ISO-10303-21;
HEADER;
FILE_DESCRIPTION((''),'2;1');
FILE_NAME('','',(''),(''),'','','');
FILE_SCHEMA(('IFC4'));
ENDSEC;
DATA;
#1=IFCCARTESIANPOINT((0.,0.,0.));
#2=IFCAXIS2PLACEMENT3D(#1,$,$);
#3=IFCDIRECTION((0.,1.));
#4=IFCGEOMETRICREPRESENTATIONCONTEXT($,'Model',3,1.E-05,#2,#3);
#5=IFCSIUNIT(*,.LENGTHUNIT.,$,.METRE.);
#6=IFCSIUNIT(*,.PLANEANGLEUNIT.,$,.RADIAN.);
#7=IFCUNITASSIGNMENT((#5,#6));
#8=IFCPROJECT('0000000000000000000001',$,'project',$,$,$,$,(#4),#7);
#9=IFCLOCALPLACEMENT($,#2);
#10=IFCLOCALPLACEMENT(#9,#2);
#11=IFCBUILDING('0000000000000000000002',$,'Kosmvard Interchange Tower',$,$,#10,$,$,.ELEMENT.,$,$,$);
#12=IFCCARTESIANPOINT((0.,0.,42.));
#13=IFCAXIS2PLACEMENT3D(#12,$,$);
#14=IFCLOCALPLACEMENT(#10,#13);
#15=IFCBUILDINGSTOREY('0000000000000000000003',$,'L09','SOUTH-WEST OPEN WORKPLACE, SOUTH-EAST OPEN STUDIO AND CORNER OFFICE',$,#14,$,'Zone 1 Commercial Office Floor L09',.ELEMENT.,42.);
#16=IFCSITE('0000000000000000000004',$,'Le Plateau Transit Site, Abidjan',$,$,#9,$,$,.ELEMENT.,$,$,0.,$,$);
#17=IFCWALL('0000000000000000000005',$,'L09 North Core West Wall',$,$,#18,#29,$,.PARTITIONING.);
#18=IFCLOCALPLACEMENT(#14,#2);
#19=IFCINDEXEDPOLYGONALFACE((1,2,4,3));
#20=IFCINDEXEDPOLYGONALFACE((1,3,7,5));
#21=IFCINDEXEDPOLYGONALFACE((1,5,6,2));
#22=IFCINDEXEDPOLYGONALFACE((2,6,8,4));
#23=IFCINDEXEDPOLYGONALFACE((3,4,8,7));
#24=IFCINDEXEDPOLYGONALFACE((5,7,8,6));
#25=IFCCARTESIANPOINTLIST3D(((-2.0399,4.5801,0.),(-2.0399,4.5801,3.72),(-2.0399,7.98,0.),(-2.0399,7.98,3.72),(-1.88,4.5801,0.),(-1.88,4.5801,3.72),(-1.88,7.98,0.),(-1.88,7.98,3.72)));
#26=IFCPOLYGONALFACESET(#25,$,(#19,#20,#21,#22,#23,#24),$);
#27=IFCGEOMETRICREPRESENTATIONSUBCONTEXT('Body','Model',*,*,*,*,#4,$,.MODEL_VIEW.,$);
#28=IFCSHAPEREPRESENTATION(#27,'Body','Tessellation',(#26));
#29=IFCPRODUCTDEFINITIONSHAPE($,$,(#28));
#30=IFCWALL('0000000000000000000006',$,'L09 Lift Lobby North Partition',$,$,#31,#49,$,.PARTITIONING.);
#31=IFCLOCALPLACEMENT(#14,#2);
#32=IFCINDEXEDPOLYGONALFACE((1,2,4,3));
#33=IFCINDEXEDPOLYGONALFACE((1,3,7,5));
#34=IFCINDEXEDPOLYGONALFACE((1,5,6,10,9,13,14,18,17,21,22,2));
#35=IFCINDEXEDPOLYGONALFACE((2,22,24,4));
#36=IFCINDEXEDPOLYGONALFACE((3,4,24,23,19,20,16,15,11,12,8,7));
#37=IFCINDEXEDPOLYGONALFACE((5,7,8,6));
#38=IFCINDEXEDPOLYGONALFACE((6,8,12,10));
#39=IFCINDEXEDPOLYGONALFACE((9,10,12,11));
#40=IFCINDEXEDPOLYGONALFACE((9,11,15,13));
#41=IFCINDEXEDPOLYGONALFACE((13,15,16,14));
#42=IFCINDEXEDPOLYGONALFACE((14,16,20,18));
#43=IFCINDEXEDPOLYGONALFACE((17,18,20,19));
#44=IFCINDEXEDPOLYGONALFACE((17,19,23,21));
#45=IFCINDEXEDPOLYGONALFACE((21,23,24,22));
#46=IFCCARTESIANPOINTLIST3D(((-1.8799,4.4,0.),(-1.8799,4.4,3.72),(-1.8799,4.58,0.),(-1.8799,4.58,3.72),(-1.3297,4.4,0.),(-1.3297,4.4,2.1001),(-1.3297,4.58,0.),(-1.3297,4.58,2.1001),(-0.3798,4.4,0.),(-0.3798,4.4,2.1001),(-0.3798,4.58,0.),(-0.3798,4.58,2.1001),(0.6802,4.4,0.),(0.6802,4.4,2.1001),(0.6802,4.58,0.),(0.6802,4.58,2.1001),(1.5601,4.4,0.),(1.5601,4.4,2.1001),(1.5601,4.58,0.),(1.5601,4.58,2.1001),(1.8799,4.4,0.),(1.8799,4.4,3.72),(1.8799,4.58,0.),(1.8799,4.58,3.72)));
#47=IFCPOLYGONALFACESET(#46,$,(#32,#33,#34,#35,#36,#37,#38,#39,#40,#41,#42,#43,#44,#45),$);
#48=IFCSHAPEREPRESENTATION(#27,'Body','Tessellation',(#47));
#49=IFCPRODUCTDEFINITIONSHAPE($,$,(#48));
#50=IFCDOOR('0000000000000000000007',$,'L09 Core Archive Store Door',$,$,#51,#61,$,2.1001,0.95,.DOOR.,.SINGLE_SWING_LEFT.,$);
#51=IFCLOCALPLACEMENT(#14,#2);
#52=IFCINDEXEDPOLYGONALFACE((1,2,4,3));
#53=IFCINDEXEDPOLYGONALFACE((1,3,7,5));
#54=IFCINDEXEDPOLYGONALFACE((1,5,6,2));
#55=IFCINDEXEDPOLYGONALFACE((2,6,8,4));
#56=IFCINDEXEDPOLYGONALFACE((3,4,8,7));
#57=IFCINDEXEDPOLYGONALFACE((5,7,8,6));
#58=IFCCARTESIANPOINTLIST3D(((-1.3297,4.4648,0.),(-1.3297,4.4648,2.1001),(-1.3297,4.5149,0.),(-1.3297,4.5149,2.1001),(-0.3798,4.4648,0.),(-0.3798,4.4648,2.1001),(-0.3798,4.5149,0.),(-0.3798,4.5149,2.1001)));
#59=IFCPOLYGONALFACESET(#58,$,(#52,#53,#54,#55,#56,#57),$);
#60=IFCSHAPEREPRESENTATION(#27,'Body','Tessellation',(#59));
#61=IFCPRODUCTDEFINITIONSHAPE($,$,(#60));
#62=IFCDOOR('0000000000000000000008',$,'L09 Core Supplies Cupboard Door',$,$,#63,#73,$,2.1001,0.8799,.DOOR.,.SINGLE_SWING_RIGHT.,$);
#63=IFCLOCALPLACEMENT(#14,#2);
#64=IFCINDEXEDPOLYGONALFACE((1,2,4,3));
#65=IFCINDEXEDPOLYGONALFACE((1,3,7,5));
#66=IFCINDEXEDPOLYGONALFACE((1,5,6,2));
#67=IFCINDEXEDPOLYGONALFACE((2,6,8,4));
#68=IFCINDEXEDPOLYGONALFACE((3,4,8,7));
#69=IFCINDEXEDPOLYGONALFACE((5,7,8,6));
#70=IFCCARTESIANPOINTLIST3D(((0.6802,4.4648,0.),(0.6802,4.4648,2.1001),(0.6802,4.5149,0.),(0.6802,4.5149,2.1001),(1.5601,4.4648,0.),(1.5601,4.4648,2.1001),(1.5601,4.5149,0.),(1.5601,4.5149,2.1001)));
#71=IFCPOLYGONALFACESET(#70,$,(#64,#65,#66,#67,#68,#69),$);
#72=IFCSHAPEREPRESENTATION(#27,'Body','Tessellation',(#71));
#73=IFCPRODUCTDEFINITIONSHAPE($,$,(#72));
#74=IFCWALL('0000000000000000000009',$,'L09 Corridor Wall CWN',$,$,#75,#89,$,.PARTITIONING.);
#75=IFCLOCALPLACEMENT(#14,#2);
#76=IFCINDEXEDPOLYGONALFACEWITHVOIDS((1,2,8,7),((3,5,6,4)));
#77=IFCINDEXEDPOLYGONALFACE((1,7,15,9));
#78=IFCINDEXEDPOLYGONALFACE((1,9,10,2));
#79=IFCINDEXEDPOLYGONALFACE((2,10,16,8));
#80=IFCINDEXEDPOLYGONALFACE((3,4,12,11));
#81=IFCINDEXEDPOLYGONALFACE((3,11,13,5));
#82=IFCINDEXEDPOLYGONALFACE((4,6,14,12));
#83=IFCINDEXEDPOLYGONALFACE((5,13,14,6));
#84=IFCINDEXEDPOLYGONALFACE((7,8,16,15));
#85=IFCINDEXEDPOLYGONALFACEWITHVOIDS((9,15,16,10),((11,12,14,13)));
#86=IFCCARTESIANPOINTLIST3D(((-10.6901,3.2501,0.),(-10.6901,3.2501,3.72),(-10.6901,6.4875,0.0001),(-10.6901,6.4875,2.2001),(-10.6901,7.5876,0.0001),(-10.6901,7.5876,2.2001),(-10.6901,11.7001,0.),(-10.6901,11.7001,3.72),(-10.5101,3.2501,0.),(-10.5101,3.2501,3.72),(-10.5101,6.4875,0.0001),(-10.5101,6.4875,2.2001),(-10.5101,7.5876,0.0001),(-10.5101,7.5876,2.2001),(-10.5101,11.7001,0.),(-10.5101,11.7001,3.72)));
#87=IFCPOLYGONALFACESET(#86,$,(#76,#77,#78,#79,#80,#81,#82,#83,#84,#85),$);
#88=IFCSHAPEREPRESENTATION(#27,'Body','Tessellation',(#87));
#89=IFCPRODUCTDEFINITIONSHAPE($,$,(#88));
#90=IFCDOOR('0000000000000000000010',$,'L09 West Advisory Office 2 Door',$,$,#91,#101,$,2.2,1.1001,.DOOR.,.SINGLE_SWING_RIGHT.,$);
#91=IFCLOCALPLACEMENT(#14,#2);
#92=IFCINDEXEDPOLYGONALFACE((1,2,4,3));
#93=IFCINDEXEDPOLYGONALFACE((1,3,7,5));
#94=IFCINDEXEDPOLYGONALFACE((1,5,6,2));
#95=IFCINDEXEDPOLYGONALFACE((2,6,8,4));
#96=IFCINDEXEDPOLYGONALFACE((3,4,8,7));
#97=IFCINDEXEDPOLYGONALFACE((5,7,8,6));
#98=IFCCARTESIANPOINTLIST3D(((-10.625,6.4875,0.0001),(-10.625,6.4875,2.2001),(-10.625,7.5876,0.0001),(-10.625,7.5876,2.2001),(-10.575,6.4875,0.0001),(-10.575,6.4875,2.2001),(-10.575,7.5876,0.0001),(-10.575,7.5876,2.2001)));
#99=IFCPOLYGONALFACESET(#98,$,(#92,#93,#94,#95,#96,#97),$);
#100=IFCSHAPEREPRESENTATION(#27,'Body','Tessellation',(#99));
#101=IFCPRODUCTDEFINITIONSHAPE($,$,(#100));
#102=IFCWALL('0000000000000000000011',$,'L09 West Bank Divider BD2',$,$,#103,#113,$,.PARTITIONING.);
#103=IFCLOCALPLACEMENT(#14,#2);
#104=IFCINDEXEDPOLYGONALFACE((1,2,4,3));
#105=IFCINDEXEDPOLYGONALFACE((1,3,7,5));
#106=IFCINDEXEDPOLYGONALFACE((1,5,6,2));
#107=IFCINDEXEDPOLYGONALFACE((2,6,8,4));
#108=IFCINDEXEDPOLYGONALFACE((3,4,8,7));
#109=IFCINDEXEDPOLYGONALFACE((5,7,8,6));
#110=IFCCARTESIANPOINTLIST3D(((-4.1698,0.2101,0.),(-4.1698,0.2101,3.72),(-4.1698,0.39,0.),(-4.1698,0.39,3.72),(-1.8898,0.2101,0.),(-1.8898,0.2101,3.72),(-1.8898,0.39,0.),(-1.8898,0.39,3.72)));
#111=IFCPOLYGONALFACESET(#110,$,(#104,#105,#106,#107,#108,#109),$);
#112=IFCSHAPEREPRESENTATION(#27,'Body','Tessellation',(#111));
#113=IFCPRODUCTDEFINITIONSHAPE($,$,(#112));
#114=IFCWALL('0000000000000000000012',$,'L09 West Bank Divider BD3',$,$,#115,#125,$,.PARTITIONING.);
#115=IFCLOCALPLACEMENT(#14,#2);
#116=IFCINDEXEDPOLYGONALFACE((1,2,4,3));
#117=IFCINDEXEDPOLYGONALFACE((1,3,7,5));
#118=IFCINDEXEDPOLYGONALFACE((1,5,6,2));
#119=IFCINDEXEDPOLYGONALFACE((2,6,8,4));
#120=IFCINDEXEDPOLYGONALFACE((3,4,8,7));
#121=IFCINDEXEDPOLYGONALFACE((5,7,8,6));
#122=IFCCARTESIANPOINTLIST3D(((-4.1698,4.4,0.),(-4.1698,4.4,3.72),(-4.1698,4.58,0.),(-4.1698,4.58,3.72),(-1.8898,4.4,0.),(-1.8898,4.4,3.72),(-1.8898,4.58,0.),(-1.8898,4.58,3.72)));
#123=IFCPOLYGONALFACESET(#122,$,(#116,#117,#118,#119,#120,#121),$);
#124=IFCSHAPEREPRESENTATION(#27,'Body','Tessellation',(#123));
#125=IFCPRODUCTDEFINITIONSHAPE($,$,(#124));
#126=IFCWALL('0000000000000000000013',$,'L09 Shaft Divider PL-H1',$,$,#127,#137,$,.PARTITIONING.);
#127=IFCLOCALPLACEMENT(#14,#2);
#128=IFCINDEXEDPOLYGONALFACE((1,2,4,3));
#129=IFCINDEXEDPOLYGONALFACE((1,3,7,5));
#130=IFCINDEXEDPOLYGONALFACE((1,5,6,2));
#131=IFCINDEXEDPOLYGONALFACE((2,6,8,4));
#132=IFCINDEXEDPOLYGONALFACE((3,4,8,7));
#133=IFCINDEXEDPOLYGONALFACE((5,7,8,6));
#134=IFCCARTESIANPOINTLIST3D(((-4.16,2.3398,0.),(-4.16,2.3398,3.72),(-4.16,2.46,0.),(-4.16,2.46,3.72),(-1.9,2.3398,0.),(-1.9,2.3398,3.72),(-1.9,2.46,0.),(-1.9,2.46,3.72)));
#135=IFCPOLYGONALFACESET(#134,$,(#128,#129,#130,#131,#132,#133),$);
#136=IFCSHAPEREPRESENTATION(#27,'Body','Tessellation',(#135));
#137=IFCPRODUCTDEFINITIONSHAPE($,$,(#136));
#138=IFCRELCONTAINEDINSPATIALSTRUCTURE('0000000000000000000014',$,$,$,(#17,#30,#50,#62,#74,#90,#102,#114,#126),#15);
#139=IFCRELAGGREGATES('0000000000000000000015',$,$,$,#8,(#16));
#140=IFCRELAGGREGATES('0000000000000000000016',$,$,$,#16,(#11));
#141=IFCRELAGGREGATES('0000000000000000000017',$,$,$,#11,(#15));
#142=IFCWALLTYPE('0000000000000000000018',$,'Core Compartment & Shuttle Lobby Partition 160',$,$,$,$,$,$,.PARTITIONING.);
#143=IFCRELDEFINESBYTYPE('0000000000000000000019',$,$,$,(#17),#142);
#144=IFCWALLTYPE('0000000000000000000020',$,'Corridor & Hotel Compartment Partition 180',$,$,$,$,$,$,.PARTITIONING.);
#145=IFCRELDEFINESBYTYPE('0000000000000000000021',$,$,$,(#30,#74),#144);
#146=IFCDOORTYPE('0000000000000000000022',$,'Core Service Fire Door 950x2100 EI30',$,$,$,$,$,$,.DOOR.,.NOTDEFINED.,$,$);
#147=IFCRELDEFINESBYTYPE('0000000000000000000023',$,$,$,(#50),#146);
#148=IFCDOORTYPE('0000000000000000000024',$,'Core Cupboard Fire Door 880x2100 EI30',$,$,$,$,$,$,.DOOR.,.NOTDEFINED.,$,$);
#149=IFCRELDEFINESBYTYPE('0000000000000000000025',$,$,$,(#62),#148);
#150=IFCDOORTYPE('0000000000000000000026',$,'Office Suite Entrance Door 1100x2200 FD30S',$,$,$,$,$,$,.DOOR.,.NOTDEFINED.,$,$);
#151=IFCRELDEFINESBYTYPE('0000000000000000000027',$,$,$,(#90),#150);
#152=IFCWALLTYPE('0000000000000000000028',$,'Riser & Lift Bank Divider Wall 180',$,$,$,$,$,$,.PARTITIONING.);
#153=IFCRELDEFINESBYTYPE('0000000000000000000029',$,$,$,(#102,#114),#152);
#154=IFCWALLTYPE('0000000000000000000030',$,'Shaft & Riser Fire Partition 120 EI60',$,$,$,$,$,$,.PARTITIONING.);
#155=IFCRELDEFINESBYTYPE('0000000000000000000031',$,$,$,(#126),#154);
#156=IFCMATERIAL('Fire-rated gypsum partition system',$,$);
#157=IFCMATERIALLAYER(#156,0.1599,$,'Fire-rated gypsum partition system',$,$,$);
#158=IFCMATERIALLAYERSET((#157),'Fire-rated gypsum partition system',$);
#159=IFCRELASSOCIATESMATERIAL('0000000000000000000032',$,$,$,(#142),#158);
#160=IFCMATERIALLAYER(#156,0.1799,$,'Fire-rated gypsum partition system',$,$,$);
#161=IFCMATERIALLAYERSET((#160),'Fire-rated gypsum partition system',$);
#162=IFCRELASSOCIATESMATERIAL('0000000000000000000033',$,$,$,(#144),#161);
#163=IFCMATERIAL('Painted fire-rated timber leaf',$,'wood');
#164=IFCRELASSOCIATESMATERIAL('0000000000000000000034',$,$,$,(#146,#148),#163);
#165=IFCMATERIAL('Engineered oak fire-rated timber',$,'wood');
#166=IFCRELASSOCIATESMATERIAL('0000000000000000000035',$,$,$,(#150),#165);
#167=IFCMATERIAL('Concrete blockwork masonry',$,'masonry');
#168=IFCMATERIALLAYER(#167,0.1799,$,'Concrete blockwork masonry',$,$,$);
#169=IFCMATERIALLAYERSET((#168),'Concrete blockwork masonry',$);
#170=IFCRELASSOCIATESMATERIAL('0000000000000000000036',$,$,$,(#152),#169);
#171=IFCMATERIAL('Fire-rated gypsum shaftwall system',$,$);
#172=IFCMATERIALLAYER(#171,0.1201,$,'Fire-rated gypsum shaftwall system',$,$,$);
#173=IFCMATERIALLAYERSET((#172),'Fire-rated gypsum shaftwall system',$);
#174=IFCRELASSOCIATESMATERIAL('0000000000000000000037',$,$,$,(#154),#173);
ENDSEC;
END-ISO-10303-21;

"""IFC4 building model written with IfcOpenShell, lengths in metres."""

from ifc_helpers import new_model, si_unit, direction, frame, frame_2d, origin, place, context, subcontext, project, spatial, rectangle, extrude, source, transform, mapped, material, layer, layer_set, type_object, element, fill, save


model = new_model("IFC4")

# Units and contexts
model_context = context("Model", 3, precision=1e-05, world=origin(), true_north=direction((0.0, 1.0)))
body_context = subcontext(model_context, "Body", "Model", "MODEL_VIEW")
ifc_project = project(units=[si_unit("LENGTHUNIT", "METRE"), si_unit("PLANEANGLEUNIT", "RADIAN")], contexts=[model_context])

# Site, building, storey
site_placement = place(None, origin())
site = spatial("IfcSite", under=ifc_project, at=site_placement, Name="Le Plateau Transit Site, Abidjan", CompositionType="ELEMENT", RefElevation=0.0)
building_placement = place(site_placement, origin())
building = spatial("IfcBuilding", under=site, at=building_placement, Name="Kosmvard Interchange Tower", CompositionType="ELEMENT")
storey_placement = place(building_placement, frame((0.0, 0.0, 42.0)))
storey = spatial("IfcBuildingStorey", under=building, at=storey_placement, Name="L09", Description="SOUTH-WEST OPEN WORKPLACE, SOUTH-EAST OPEN STUDIO AND CORNER OFFICE", LongName="Zone 1 Commercial Office Floor L09", CompositionType="ELEMENT", Elevation=42.0)

# Wall
ifc_material_1 = material(Name="Fire-rated gypsum partition system")
ifc_layer_1 = layer(ifc_material_1, 0.1599, Name="Fire-rated gypsum partition system")
ifc_layer_set_1 = layer_set([ifc_layer_1], Name="Fire-rated gypsum partition system")
wall_type_1 = type_object("IfcWallType", Name="Core Compartment & Shuttle Lobby Partition 160", PredefinedType="PARTITIONING", material=ifc_layer_set_1)
wall_1_placement = place(storey_placement, frame((-1.96, 4.5801, 0.0), z_axis=(0.0, 0.0, 1.0), x_axis=(0.0, 1.0, 0.0)))
element("IfcWall", 1, at=wall_1_placement, inside=storey, type_object=wall_type_1, Name="L09 North Core West Wall", PredefinedType="PARTITIONING", context=body_context, shape_type="SweptSolid", body=[
    extrude(rectangle(XDim=3.3999, YDim=0.1599, at=frame_2d((1.7, 0.0))), origin(), (0.0, 0.0, 1.0), 3.72),
])

# Wall, openings, doors
ifc_layer_2 = layer(ifc_material_1, 0.1799, Name="Fire-rated gypsum partition system")
ifc_layer_set_2 = layer_set([ifc_layer_2], Name="Fire-rated gypsum partition system")
wall_type_2 = type_object("IfcWallType", Name="Corridor & Hotel Compartment Partition 180", PredefinedType="PARTITIONING", material=ifc_layer_set_2)
wall_2_placement = place(storey_placement, frame((-1.8799, 4.49, 0.0), z_axis=(0.0, 0.0, 1.0), x_axis=(1.0, 0.0, 0.0)))
wall_2 = element("IfcWall", 2, at=wall_2_placement, inside=storey, type_object=wall_type_2, Name="L09 Lift Lobby North Partition", PredefinedType="PARTITIONING", context=body_context, shape_type="SweptSolid", body=[
    extrude(rectangle(XDim=3.7598, YDim=0.1799, at=frame_2d((1.8799, 0.0))), origin(), (0.0, 0.0, 1.0), 3.72),
])
opening_1_placement = place(wall_2_placement, frame((0.55, 0.0, 0.0)))
opening_1 = element("IfcOpeningElement", 3, at=opening_1_placement, cuts=wall_2, PredefinedType="OPENING", context=body_context, shape_type="SweptSolid", body=[
    extrude(rectangle(XDim=0.95, YDim=2.1001, at=frame_2d((0.4751, 1.05))), frame((0.0, 0.1001, 0.0), z_axis=(0.0, -1.0, 0.0), x_axis=(1.0, 0.0, 0.0)), (0.0, 0.0, 1.0), 0.2),
])
opening_2_placement = place(wall_2_placement, frame((2.5601, 0.0, 0.0)))
opening_2 = element("IfcOpeningElement", 4, at=opening_2_placement, cuts=wall_2, PredefinedType="OPENING", context=body_context, shape_type="SweptSolid", body=[
    extrude(rectangle(XDim=0.8799, YDim=2.1001, at=frame_2d((0.4399, 1.05))), frame((0.0, 0.1001, 0.0), z_axis=(0.0, -1.0, 0.0), x_axis=(1.0, 0.0, 0.0)), (0.0, 0.0, 1.0), 0.2),
])
ifc_material_2 = material(Name="Painted fire-rated timber leaf", Category="wood")
door_type_1 = type_object("IfcDoorType", Name="Core Service Fire Door 950x2100 EI30", OperationType="NOTDEFINED", PredefinedType="DOOR", material=ifc_material_2)
shared_shape_1 = source(origin(), body_context, "Body", "SweptSolid", [
    extrude(rectangle(XDim=0.95, YDim=2.1001, at=frame_2d((0.4751, 1.05))), frame((0.0, 0.0249, 0.0), z_axis=(0.0, -1.0, 0.0), x_axis=(1.0, 0.0, 0.0)), (0.0, 0.0, 1.0), 0.05),
])
door_1_placement = place(opening_1_placement, origin())
door_1 = element("IfcDoor", 5, at=door_1_placement, inside=storey, type_object=door_type_1, Name="L09 Core Archive Store Door", OperationType="SINGLE_SWING_LEFT", OverallHeight=2.1001, OverallWidth=0.95, PredefinedType="DOOR", context=body_context, shape_type="MappedRepresentation", body=[
    mapped(shared_shape_1, transform((0.0, 0.0, 0.0), scale=1.0)),
])
fill(opening_1, door_1)
door_type_2 = type_object("IfcDoorType", Name="Core Cupboard Fire Door 880x2100 EI30", OperationType="NOTDEFINED", PredefinedType="DOOR", material=ifc_material_2)
shared_shape_2 = source(origin(), body_context, "Body", "SweptSolid", [
    extrude(rectangle(XDim=0.8799, YDim=2.1001, at=frame_2d((0.4399, 1.05))), frame((0.0, 0.0249, 0.0), z_axis=(0.0, -1.0, 0.0), x_axis=(1.0, 0.0, 0.0)), (0.0, 0.0, 1.0), 0.05),
])
door_2_placement = place(opening_2_placement, origin())
door_2 = element("IfcDoor", 6, at=door_2_placement, inside=storey, type_object=door_type_2, Name="L09 Core Supplies Cupboard Door", OperationType="SINGLE_SWING_RIGHT", OverallHeight=2.1001, OverallWidth=0.8799, PredefinedType="DOOR", context=body_context, shape_type="MappedRepresentation", body=[
    mapped(shared_shape_2, transform((0.0, 0.0, 0.0), scale=1.0)),
])
fill(opening_2, door_2)

# Wall, opening, door
wall_3_placement = place(storey_placement, frame((-10.6001, 3.25, 0.0), z_axis=(0.0, 0.0, 1.0), x_axis=(0.0, 1.0, 0.0)))
wall_3 = element("IfcWall", 7, at=wall_3_placement, inside=storey, type_object=wall_type_2, Name="L09 Corridor Wall CWN", PredefinedType="PARTITIONING", context=body_context, shape_type="SweptSolid", body=[
    extrude(rectangle(XDim=8.45, YDim=0.1799, at=frame_2d((4.2251, 0.0))), origin(), (0.0, 0.0, 1.0), 3.72),
])
opening_3_placement = place(wall_3_placement, frame((3.2375, 0.0, 0.0)))
opening_3 = element("IfcOpeningElement", 8, at=opening_3_placement, cuts=wall_3, PredefinedType="OPENING", context=body_context, shape_type="SweptSolid", body=[
    extrude(rectangle(XDim=1.1001, YDim=2.2, at=frame_2d((0.55, 1.1001))), frame((0.0, 0.1001, 0.0), z_axis=(0.0, -1.0, 0.0), x_axis=(1.0, 0.0, 0.0)), (0.0, 0.0, 1.0), 0.2),
])
ifc_material_3 = material(Name="Engineered oak fire-rated timber", Category="wood")
door_type_3 = type_object("IfcDoorType", Name="Office Suite Entrance Door 1100x2200 FD30S", OperationType="NOTDEFINED", PredefinedType="DOOR", material=ifc_material_3)
shared_shape_3 = source(origin(), body_context, "Body", "SweptSolid", [
    extrude(rectangle(XDim=1.1001, YDim=2.2, at=frame_2d((0.55, 1.1001))), frame((0.0, 0.0249, 0.0), z_axis=(0.0, -1.0, 0.0), x_axis=(1.0, 0.0, 0.0)), (0.0, 0.0, 1.0), 0.05),
])
door_3_placement = place(opening_3_placement, origin())
door_3 = element("IfcDoor", 9, at=door_3_placement, inside=storey, type_object=door_type_3, Name="L09 West Advisory Office 2 Door", OperationType="SINGLE_SWING_RIGHT", OverallHeight=2.2, OverallWidth=1.1001, PredefinedType="DOOR", context=body_context, shape_type="MappedRepresentation", body=[
    mapped(shared_shape_3, transform((0.0, 0.0, 0.0), scale=1.0)),
])
fill(opening_3, door_3)

# Walls
ifc_material_4 = material(Name="Concrete blockwork masonry", Category="masonry")
ifc_layer_3 = layer(ifc_material_4, 0.1799, Name="Concrete blockwork masonry")
ifc_layer_set_3 = layer_set([ifc_layer_3], Name="Concrete blockwork masonry")
wall_type_3 = type_object("IfcWallType", Name="Riser & Lift Bank Divider Wall 180", PredefinedType="PARTITIONING", material=ifc_layer_set_3)
for number, where, z_axis, x_axis, name in (
    (10, (-4.1699, 0.3, 0.0), (0.0, 0.0, 1.0), (1.0, 0.0, 0.0), "L09 West Bank Divider BD2"),
    (11, (-4.1699, 4.49, 0.0), (0.0, 0.0, 1.0), (1.0, 0.0, 0.0), "L09 West Bank Divider BD3"),
):
    element("IfcWall", number, at=place(storey_placement, frame(where, z_axis=z_axis, x_axis=x_axis)), inside=storey, type_object=wall_type_3, Name=name, PredefinedType="PARTITIONING", context=body_context, shape_type="SweptSolid", body=[
        extrude(rectangle(XDim=2.28, YDim=0.1799, at=frame_2d((1.1401, 0.0))), origin(), (0.0, 0.0, 1.0), 3.72),
    ])
ifc_material_5 = material(Name="Fire-rated gypsum shaftwall system")
ifc_layer_4 = layer(ifc_material_5, 0.1201, Name="Fire-rated gypsum shaftwall system")
ifc_layer_set_4 = layer_set([ifc_layer_4], Name="Fire-rated gypsum shaftwall system")
wall_type_4 = type_object("IfcWallType", Name="Shaft & Riser Fire Partition 120 EI60", PredefinedType="PARTITIONING", material=ifc_layer_set_4)
wall_4_placement = place(storey_placement, frame((-4.1599, 2.3999, 0.0), z_axis=(0.0, 0.0, 1.0), x_axis=(1.0, 0.0, 0.0)))
element("IfcWall", 12, at=wall_4_placement, inside=storey, type_object=wall_type_4, Name="L09 Shaft Divider PL-H1", PredefinedType="PARTITIONING", context=body_context, shape_type="SweptSolid", body=[
    extrude(rectangle(XDim=2.26, YDim=0.1201, at=frame_2d((1.1299, 0.0))), origin(), (0.0, 0.0, 1.0), 3.72),
])

save(model, "model.ifc")
